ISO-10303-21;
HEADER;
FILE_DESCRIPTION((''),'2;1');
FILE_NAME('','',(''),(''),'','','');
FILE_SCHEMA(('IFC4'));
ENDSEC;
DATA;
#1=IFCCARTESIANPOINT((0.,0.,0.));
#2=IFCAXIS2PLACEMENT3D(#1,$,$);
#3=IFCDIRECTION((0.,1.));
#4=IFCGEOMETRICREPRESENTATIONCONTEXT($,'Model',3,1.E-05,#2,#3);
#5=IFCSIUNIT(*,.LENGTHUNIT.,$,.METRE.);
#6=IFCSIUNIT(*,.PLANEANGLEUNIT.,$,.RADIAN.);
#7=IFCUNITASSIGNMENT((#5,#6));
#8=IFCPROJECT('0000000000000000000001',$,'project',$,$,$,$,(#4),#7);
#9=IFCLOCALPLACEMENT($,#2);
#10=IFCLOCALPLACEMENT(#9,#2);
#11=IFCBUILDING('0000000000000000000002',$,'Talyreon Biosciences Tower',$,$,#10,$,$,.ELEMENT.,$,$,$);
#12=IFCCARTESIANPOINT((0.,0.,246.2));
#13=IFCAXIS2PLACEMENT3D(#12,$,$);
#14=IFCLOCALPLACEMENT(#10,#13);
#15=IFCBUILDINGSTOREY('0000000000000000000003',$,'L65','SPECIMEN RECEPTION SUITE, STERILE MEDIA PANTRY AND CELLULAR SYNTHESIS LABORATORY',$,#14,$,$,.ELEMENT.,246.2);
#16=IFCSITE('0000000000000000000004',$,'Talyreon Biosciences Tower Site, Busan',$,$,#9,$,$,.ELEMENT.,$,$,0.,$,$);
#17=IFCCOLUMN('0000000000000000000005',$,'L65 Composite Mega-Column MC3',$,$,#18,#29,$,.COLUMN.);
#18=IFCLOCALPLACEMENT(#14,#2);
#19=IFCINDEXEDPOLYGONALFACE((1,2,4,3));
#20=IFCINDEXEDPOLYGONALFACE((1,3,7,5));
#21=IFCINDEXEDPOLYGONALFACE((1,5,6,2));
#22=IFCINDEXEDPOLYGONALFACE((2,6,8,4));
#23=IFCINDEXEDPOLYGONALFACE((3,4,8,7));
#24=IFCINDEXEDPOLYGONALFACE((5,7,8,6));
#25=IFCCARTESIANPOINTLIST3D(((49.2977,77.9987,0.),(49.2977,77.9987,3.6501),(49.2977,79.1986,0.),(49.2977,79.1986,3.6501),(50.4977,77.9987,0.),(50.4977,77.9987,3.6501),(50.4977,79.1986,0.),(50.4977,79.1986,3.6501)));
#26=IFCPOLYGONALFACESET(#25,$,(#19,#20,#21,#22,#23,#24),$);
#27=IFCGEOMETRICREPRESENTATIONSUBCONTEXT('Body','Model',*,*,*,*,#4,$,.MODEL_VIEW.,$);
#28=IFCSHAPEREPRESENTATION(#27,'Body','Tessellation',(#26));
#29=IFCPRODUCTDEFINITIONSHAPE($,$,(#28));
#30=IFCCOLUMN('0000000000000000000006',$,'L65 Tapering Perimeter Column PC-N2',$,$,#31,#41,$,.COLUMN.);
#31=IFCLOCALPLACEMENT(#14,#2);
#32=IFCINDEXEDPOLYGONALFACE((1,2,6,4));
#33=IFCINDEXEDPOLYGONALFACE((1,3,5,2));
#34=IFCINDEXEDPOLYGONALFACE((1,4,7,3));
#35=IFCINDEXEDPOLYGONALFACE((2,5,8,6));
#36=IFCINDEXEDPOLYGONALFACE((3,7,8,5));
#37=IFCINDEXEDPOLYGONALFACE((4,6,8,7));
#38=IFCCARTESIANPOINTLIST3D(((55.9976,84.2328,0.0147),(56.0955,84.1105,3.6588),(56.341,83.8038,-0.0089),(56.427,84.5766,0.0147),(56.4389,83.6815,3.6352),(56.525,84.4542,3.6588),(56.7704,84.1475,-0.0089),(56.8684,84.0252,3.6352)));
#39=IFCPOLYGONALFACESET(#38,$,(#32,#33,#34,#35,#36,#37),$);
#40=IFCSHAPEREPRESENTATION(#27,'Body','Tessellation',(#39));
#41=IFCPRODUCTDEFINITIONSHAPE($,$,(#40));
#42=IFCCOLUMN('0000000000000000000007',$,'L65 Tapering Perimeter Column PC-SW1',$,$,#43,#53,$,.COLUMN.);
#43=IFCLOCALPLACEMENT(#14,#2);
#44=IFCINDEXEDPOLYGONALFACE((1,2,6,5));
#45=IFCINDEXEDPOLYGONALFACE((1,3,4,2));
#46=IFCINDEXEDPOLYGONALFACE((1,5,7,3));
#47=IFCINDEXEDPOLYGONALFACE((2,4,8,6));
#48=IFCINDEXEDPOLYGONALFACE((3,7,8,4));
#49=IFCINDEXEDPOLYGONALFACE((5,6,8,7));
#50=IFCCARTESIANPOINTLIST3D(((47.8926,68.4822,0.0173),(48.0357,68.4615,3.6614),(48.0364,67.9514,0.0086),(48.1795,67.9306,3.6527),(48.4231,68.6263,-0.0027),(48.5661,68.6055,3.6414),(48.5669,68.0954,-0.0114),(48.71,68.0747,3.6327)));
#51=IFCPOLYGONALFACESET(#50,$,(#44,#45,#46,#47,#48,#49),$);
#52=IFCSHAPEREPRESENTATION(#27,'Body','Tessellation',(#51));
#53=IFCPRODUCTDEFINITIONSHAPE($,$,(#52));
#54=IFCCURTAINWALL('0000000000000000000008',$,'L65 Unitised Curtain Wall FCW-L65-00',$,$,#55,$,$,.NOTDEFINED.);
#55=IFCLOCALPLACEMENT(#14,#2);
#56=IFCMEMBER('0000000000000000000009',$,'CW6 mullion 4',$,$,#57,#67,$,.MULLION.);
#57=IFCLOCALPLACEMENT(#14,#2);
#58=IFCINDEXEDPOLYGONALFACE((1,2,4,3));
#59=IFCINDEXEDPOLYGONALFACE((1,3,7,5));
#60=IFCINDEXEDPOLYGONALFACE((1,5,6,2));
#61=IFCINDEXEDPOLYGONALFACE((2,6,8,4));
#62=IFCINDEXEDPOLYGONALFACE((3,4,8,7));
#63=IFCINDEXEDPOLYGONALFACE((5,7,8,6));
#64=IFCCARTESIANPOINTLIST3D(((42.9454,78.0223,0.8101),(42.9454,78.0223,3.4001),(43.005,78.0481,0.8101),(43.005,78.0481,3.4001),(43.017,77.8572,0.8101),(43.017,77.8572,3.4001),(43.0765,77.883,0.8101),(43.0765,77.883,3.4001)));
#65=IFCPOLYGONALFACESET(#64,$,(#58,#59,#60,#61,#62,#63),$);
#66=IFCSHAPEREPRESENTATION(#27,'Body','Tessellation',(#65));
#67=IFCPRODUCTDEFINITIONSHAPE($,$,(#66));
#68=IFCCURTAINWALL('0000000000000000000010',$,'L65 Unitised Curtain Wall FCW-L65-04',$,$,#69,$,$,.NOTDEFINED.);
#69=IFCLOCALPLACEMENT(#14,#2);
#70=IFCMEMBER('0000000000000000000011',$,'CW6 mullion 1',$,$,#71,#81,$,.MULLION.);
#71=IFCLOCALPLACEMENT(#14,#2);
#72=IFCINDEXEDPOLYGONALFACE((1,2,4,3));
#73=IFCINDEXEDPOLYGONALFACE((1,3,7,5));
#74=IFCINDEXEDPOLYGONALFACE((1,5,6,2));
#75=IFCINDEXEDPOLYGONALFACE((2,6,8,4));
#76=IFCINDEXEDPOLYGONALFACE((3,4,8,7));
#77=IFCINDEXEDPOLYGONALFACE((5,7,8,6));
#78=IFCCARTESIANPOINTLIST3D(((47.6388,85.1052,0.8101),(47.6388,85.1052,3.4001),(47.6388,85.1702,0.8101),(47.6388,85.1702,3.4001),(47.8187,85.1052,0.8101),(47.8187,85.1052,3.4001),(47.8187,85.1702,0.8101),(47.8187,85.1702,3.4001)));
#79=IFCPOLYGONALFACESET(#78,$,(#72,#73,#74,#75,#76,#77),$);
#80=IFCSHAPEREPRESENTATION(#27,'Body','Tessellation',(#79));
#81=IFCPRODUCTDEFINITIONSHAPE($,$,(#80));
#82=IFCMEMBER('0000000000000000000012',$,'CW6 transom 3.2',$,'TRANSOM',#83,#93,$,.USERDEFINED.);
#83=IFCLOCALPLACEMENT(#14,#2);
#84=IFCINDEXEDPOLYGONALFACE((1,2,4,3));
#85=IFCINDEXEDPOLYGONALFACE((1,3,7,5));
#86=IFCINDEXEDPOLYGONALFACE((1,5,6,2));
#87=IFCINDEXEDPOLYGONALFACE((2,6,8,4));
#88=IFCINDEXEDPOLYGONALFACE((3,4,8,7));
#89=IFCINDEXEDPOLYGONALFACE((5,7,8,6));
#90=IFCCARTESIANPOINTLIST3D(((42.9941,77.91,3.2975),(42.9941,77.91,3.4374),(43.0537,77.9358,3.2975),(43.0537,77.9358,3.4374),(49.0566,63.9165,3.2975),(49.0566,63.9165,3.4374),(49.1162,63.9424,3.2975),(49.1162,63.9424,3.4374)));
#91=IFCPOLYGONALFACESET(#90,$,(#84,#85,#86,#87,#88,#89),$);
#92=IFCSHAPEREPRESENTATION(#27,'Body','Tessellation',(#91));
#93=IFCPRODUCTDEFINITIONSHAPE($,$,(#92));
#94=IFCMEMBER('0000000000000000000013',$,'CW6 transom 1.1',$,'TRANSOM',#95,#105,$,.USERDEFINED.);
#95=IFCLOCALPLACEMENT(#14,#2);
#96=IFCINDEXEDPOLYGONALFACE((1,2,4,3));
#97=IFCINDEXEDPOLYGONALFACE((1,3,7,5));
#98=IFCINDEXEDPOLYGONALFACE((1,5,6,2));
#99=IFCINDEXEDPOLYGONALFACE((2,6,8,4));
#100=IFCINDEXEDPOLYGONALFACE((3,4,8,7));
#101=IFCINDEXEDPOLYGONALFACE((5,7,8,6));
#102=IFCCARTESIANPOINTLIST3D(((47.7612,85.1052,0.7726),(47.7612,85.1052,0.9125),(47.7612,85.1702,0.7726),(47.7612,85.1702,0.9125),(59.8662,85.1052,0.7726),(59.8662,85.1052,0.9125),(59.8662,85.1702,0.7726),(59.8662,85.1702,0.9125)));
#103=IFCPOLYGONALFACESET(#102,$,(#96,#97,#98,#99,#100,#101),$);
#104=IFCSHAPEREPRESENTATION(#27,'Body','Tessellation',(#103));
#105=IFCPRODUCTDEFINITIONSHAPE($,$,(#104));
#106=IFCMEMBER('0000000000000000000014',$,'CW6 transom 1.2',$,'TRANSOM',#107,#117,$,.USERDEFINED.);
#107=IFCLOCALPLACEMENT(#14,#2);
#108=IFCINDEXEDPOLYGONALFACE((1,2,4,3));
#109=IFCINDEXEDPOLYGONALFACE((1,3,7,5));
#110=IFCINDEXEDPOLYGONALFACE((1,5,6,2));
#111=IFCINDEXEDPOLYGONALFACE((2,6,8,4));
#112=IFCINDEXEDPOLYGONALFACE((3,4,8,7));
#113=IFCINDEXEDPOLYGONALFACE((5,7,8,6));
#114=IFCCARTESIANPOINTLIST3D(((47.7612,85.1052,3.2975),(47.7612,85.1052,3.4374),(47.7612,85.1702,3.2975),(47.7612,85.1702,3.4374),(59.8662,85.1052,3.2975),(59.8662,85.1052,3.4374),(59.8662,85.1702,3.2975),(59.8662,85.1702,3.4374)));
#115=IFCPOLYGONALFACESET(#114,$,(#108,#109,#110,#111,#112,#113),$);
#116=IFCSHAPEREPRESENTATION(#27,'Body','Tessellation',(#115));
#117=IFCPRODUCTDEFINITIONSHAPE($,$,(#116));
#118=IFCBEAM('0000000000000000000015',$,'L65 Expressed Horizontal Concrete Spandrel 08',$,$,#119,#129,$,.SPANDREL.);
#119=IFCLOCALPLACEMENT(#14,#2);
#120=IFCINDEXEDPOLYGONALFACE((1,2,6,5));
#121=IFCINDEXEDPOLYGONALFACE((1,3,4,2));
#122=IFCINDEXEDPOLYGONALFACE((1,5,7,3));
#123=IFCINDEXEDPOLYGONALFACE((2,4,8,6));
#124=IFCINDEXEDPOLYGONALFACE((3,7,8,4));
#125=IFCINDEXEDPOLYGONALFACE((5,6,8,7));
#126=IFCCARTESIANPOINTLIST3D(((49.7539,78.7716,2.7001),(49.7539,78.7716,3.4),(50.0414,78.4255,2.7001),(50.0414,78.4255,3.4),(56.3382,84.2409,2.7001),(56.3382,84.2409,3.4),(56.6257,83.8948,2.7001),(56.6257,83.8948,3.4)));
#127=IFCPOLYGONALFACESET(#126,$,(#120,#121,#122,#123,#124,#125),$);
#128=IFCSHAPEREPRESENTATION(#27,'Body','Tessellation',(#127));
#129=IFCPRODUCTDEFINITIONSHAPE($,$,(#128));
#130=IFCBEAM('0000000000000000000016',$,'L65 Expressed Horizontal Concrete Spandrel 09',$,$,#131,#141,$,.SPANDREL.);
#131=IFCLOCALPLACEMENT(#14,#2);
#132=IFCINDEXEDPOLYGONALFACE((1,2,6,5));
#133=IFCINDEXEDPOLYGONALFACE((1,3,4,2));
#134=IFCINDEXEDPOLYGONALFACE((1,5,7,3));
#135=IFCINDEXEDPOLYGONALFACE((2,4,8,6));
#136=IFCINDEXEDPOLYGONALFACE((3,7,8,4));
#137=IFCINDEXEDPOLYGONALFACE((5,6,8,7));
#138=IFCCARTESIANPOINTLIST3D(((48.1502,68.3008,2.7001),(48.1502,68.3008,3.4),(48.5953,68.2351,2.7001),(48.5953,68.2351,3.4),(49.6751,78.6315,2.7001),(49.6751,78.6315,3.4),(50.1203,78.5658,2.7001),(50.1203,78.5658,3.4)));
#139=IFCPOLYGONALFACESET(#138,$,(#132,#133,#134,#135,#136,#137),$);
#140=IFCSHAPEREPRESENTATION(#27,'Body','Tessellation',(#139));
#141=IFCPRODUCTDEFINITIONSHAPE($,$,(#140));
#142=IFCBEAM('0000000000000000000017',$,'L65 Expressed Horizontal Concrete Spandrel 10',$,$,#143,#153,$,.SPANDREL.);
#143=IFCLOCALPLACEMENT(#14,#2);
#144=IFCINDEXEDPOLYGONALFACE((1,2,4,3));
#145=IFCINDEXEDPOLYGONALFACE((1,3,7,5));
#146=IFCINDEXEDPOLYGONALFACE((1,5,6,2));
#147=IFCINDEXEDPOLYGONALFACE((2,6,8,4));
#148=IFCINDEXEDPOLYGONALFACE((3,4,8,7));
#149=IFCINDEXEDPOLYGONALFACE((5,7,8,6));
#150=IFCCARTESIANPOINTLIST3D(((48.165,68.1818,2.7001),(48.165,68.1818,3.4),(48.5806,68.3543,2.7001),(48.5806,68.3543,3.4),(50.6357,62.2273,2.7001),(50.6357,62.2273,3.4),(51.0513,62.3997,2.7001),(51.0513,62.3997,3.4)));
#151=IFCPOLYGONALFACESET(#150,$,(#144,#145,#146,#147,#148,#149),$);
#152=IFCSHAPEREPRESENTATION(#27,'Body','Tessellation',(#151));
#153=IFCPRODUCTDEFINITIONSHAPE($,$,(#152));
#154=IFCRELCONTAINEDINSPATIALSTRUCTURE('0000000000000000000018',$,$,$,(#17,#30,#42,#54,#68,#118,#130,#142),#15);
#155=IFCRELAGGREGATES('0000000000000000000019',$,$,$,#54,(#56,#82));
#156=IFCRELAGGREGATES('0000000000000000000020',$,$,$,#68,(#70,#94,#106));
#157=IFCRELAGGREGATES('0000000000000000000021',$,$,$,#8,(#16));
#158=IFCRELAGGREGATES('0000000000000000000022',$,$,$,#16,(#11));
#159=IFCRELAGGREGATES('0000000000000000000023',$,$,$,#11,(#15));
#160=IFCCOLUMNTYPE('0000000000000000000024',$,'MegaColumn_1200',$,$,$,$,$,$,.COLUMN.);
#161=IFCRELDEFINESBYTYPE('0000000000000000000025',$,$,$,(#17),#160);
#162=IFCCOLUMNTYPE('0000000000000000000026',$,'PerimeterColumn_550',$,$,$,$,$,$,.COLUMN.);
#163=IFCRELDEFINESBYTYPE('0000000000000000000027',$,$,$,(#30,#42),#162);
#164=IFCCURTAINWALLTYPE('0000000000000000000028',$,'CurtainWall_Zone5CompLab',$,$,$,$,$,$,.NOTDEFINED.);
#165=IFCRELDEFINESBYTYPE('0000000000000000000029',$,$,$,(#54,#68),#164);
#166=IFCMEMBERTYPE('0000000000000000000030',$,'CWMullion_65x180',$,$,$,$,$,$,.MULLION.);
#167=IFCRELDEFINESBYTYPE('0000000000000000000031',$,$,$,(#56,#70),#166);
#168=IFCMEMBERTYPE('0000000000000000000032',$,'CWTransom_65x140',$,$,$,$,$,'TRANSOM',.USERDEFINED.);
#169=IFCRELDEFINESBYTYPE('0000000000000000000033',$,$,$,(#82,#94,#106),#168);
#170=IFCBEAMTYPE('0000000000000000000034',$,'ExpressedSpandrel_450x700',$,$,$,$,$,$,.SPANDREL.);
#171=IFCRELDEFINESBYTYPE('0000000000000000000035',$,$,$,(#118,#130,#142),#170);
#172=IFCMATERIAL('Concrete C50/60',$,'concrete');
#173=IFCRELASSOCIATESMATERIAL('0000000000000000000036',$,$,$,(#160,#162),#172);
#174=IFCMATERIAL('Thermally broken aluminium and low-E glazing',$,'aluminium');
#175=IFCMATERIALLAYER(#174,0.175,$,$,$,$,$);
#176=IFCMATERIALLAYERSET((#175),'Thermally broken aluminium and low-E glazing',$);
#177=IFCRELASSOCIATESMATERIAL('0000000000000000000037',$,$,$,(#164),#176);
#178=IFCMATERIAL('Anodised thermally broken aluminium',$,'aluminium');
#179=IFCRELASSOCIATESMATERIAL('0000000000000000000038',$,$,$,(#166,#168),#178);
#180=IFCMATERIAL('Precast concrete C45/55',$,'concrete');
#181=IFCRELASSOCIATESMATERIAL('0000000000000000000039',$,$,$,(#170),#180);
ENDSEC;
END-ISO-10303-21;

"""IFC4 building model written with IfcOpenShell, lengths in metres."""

from ifc_helpers import new_model, si_unit, direction, frame, origin, origin_2d, place, context, subcontext, project, spatial, rectangle, extrude, material, layer, layer_set, material_profile, profile_set, type_object, element, aggregate, save


model = new_model("IFC4")

# Units and contexts
model_context = context("Model", 3, precision=1e-05, world=origin(), true_north=direction((0.0, 1.0)))
body_context = subcontext(model_context, "Body", "Model", "MODEL_VIEW")
ifc_project = project(units=[si_unit("LENGTHUNIT", "METRE"), si_unit("PLANEANGLEUNIT", "RADIAN")], contexts=[model_context])

# Site, building, storey
site_placement = place(None, origin())
site = spatial("IfcSite", under=ifc_project, at=site_placement, Name="Talyreon Biosciences Tower Site, Busan", CompositionType="ELEMENT", RefElevation=0.0)
building_placement = place(site_placement, origin())
building = spatial("IfcBuilding", under=site, at=building_placement, Name="Talyreon Biosciences Tower", CompositionType="ELEMENT")
storey_placement = place(building_placement, frame((0.0, 0.0, 246.2)))
storey = spatial("IfcBuildingStorey", under=building, at=storey_placement, Name="L65", Description="SPECIMEN RECEPTION SUITE, STERILE MEDIA PANTRY AND CELLULAR SYNTHESIS LABORATORY", CompositionType="ELEMENT", Elevation=246.2)

# Columns
ifc_material_1 = material(Name="Concrete C50/60", Category="concrete")
ifc_material_profile_1 = material_profile(ifc_material_1, rectangle(XDim=1.2, YDim=1.2, at=origin_2d()), Name="RC 1200x1200")
ifc_profile_set_1 = profile_set([ifc_material_profile_1], Name="Concrete C50/60")
column_type_1 = type_object("IfcColumnType", Name="MegaColumn_1200", PredefinedType="COLUMN", material=ifc_profile_set_1)
column_1_placement = place(storey_placement, frame((49.8977, 78.5986, 0.0), z_axis=(0.0, 0.0, 1.0), x_axis=(1.0, 0.0, 0.0)))
element("IfcColumn", 1, at=column_1_placement, inside=storey, type_object=column_type_1, Name="L65 Composite Mega-Column MC3", PredefinedType="COLUMN", context=body_context, shape_type="SweptSolid", body=[
    extrude(rectangle(XDim=1.2, YDim=1.2, at=origin_2d()), origin(), (0.0, 0.0, 1.0), 3.6501),
])
ifc_material_profile_2 = material_profile(ifc_material_1, rectangle(XDim=0.55, YDim=0.55, at=origin_2d()), Name="RC 550x550")
ifc_profile_set_2 = profile_set([ifc_material_profile_2], Name="Concrete C50/60")
column_type_2 = type_object("IfcColumnType", Name="PerimeterColumn_550", PredefinedType="COLUMN", material=ifc_profile_set_2)
column_2_placement = place(storey_placement, frame((56.384, 84.1902, 0.0029), z_axis=(0.026841, -0.033535, 0.999077), x_axis=(-0.780717, -0.624885, 0.0)))
element("IfcColumn", 2, at=column_2_placement, inside=storey, type_object=column_type_2, Name="L65 Tapering Perimeter Column PC-N2", PredefinedType="COLUMN", context=body_context, shape_type="SweptSolid", body=[
    extrude(rectangle(XDim=0.55, YDim=0.55, at=origin_2d()), origin(), (0.0, 0.0, 1.0), 3.6475),
])
column_3_placement = place(storey_placement, frame((48.2297, 68.2888, 0.0029), z_axis=(0.039229, -0.00569, 0.999214), x_axis=(0.964405, 0.261918, -0.036371)))
element("IfcColumn", 3, at=column_3_placement, inside=storey, type_object=column_type_2, Name="L65 Tapering Perimeter Column PC-SW1", PredefinedType="COLUMN", context=body_context, shape_type="SweptSolid", body=[
    extrude(rectangle(XDim=0.55, YDim=0.55, at=origin_2d()), origin(), (0.0, 0.0, 1.0), 3.647),
])

# Curtain walls, members
ifc_material_2 = material(Name="Thermally broken aluminium and low-E glazing", Category="aluminium")
ifc_layer_1 = layer(ifc_material_2, 0.175)
ifc_layer_set_1 = layer_set([ifc_layer_1], Name="Thermally broken aluminium and low-E glazing")
curtain_wall_type = type_object("IfcCurtainWallType", Name="CurtainWall_Zone5CompLab", PredefinedType="NOTDEFINED", material=ifc_layer_set_1)
curtain_wall_1_placement = place(storey_placement, origin())
curtain_wall_1 = element("IfcCurtainWall", 4, at=curtain_wall_1_placement, inside=storey, type_object=curtain_wall_type, Name="L65 Unitised Curtain Wall FCW-L65-00", PredefinedType="NOTDEFINED")
ifc_material_3 = material(Name="Anodised thermally broken aluminium", Category="aluminium")
ifc_material_profile_3 = material_profile(ifc_material_3, rectangle(XDim=0.0649, YDim=0.1799, at=origin_2d()), Name="ALUM MULLION 65x180")
ifc_profile_set_3 = profile_set([ifc_material_profile_3], Name="Anodised thermally broken aluminium")
member_type_1 = type_object("IfcMemberType", Name="CWMullion_65x180", PredefinedType="MULLION", material=ifc_profile_set_3)
member_1_placement = place(storey_placement, frame((43.011, 77.9526, 0.8101), z_axis=(0.0, 0.0, 1.0), x_axis=(-0.917586, -0.397537, 0.0)))
member_1 = element("IfcMember", 5, at=member_1_placement, type_object=member_type_1, Name="CW6 mullion 4", PredefinedType="MULLION", context=body_context, shape_type="SweptSolid", body=[
    extrude(rectangle(XDim=0.0649, YDim=0.1799, at=origin_2d()), origin(), (0.0, 0.0, 1.0), 2.5901),
])
curtain_wall_2_placement = place(storey_placement, origin())
curtain_wall_2 = element("IfcCurtainWall", 6, at=curtain_wall_2_placement, inside=storey, type_object=curtain_wall_type, Name="L65 Unitised Curtain Wall FCW-L65-04", PredefinedType="NOTDEFINED")
member_2_placement = place(storey_placement, frame((47.7288, 85.1377, 0.8101), z_axis=(0.0, 0.0, 1.0), x_axis=(0.0, 1.0, 0.0)))
member_2 = element("IfcMember", 7, at=member_2_placement, type_object=member_type_1, Name="CW6 mullion 1", PredefinedType="MULLION", context=body_context, shape_type="SweptSolid", body=[
    extrude(rectangle(XDim=0.0649, YDim=0.1799, at=origin_2d()), origin(), (0.0, 0.0, 1.0), 2.5901),
])

# Members
ifc_material_profile_4 = material_profile(ifc_material_3, rectangle(XDim=0.0649, YDim=0.1399, at=origin_2d()), Name="ALUM TRANSOM 65x140")
ifc_profile_set_4 = profile_set([ifc_material_profile_4], Name="Anodised thermally broken aluminium")
member_type_2 = type_object("IfcMemberType", Name="CWTransom_65x140", ElementType="TRANSOM", PredefinedType="USERDEFINED", material=ifc_profile_set_4)
member_3_placement = place(storey_placement, frame((49.0864, 63.9294, 3.3674), z_axis=(-0.397535, 0.917587, 0.0), x_axis=(-0.917587, -0.397535, 0.0)))
member_3 = element("IfcMember", 8, at=member_3_placement, type_object=member_type_2, Name="CW6 transom 3.2", ObjectType="TRANSOM", PredefinedType="USERDEFINED", context=body_context, shape_type="SweptSolid", body=[
    extrude(rectangle(XDim=0.0649, YDim=0.1399, at=origin_2d()), origin(), (0.0, 0.0, 1.0), 15.2502),
])
member_4_placement = place(storey_placement, frame((47.7612, 85.1377, 0.8425), z_axis=(1.0, 0.0, 0.0), x_axis=(0.0, 1.0, 0.0)))
member_4 = element("IfcMember", 9, at=member_4_placement, type_object=member_type_2, Name="CW6 transom 1.1", ObjectType="TRANSOM", PredefinedType="USERDEFINED", context=body_context, shape_type="SweptSolid", body=[
    extrude(rectangle(XDim=0.0649, YDim=0.1399, at=origin_2d()), origin(), (0.0, 0.0, 1.0), 12.105),
])
member_5_placement = place(storey_placement, frame((47.7612, 85.1377, 3.3674), z_axis=(1.0, 0.0, 0.0), x_axis=(0.0, 1.0, 0.0)))
member_5 = element("IfcMember", 10, at=member_5_placement, type_object=member_type_2, Name="CW6 transom 1.2", ObjectType="TRANSOM", PredefinedType="USERDEFINED", context=body_context, shape_type="SweptSolid", body=[
    extrude(rectangle(XDim=0.0649, YDim=0.1399, at=origin_2d()), origin(), (0.0, 0.0, 1.0), 12.105),
])

# Beams
ifc_material_4 = material(Name="Precast concrete C45/55", Category="concrete")
ifc_material_profile_5 = material_profile(ifc_material_4, rectangle(XDim=0.45, YDim=0.7, at=origin_2d()), Name="RCB 450x700")
ifc_profile_set_5 = profile_set([ifc_material_profile_5], Name="Precast concrete C45/55")
beam_type_1 = type_object("IfcBeamType", Name="ExpressedSpandrel_450x700", PredefinedType="SPANDREL", material=ifc_profile_set_5)
beam_1_placement = place(storey_placement, frame((56.4819, 84.0679, 3.05), z_axis=(-0.769233, -0.638969, 0.0), x_axis=(0.638969, -0.769233, 0.0)))
element("IfcBeam", 11, at=beam_1_placement, inside=storey, type_object=beam_type_1, Name="L65 Expressed Horizontal Concrete Spandrel 08", PredefinedType="SPANDREL", context=body_context, shape_type="SweptSolid", body=[
    extrude(rectangle(XDim=0.45, YDim=0.7, at=origin_2d()), origin(), (0.0, 0.0, 1.0), 8.5596),
])
beam_2_placement = place(storey_placement, frame((49.8977, 78.5986, 3.05), z_axis=(-0.146028, -0.98928, 0.0), x_axis=(0.98928, -0.146028, 0.0)))
element("IfcBeam", 12, at=beam_2_placement, inside=storey, type_object=beam_type_1, Name="L65 Expressed Horizontal Concrete Spandrel 09", PredefinedType="SPANDREL", context=body_context, shape_type="SweptSolid", body=[
    extrude(rectangle(XDim=0.45, YDim=0.7, at=origin_2d()), origin(), (0.0, 0.0, 1.0), 10.4426),
])
beam_3_placement = place(storey_placement, frame((48.3728, 68.2681, 3.05), z_axis=(0.383244, -0.923647, 0.0), x_axis=(0.923647, 0.383244, 0.0)))
element("IfcBeam", 13, at=beam_3_placement, inside=storey, type_object=beam_type_1, Name="L65 Expressed Horizontal Concrete Spandrel 10", PredefinedType="SPANDREL", context=body_context, shape_type="SweptSolid", body=[
    extrude(rectangle(XDim=0.45, YDim=0.7, at=origin_2d()), origin(), (0.0, 0.0, 1.0), 6.4468),
])

aggregate(curtain_wall_1, [member_1, member_3])
aggregate(curtain_wall_2, [member_2, member_4, member_5])

save(model, "model.ifc")
